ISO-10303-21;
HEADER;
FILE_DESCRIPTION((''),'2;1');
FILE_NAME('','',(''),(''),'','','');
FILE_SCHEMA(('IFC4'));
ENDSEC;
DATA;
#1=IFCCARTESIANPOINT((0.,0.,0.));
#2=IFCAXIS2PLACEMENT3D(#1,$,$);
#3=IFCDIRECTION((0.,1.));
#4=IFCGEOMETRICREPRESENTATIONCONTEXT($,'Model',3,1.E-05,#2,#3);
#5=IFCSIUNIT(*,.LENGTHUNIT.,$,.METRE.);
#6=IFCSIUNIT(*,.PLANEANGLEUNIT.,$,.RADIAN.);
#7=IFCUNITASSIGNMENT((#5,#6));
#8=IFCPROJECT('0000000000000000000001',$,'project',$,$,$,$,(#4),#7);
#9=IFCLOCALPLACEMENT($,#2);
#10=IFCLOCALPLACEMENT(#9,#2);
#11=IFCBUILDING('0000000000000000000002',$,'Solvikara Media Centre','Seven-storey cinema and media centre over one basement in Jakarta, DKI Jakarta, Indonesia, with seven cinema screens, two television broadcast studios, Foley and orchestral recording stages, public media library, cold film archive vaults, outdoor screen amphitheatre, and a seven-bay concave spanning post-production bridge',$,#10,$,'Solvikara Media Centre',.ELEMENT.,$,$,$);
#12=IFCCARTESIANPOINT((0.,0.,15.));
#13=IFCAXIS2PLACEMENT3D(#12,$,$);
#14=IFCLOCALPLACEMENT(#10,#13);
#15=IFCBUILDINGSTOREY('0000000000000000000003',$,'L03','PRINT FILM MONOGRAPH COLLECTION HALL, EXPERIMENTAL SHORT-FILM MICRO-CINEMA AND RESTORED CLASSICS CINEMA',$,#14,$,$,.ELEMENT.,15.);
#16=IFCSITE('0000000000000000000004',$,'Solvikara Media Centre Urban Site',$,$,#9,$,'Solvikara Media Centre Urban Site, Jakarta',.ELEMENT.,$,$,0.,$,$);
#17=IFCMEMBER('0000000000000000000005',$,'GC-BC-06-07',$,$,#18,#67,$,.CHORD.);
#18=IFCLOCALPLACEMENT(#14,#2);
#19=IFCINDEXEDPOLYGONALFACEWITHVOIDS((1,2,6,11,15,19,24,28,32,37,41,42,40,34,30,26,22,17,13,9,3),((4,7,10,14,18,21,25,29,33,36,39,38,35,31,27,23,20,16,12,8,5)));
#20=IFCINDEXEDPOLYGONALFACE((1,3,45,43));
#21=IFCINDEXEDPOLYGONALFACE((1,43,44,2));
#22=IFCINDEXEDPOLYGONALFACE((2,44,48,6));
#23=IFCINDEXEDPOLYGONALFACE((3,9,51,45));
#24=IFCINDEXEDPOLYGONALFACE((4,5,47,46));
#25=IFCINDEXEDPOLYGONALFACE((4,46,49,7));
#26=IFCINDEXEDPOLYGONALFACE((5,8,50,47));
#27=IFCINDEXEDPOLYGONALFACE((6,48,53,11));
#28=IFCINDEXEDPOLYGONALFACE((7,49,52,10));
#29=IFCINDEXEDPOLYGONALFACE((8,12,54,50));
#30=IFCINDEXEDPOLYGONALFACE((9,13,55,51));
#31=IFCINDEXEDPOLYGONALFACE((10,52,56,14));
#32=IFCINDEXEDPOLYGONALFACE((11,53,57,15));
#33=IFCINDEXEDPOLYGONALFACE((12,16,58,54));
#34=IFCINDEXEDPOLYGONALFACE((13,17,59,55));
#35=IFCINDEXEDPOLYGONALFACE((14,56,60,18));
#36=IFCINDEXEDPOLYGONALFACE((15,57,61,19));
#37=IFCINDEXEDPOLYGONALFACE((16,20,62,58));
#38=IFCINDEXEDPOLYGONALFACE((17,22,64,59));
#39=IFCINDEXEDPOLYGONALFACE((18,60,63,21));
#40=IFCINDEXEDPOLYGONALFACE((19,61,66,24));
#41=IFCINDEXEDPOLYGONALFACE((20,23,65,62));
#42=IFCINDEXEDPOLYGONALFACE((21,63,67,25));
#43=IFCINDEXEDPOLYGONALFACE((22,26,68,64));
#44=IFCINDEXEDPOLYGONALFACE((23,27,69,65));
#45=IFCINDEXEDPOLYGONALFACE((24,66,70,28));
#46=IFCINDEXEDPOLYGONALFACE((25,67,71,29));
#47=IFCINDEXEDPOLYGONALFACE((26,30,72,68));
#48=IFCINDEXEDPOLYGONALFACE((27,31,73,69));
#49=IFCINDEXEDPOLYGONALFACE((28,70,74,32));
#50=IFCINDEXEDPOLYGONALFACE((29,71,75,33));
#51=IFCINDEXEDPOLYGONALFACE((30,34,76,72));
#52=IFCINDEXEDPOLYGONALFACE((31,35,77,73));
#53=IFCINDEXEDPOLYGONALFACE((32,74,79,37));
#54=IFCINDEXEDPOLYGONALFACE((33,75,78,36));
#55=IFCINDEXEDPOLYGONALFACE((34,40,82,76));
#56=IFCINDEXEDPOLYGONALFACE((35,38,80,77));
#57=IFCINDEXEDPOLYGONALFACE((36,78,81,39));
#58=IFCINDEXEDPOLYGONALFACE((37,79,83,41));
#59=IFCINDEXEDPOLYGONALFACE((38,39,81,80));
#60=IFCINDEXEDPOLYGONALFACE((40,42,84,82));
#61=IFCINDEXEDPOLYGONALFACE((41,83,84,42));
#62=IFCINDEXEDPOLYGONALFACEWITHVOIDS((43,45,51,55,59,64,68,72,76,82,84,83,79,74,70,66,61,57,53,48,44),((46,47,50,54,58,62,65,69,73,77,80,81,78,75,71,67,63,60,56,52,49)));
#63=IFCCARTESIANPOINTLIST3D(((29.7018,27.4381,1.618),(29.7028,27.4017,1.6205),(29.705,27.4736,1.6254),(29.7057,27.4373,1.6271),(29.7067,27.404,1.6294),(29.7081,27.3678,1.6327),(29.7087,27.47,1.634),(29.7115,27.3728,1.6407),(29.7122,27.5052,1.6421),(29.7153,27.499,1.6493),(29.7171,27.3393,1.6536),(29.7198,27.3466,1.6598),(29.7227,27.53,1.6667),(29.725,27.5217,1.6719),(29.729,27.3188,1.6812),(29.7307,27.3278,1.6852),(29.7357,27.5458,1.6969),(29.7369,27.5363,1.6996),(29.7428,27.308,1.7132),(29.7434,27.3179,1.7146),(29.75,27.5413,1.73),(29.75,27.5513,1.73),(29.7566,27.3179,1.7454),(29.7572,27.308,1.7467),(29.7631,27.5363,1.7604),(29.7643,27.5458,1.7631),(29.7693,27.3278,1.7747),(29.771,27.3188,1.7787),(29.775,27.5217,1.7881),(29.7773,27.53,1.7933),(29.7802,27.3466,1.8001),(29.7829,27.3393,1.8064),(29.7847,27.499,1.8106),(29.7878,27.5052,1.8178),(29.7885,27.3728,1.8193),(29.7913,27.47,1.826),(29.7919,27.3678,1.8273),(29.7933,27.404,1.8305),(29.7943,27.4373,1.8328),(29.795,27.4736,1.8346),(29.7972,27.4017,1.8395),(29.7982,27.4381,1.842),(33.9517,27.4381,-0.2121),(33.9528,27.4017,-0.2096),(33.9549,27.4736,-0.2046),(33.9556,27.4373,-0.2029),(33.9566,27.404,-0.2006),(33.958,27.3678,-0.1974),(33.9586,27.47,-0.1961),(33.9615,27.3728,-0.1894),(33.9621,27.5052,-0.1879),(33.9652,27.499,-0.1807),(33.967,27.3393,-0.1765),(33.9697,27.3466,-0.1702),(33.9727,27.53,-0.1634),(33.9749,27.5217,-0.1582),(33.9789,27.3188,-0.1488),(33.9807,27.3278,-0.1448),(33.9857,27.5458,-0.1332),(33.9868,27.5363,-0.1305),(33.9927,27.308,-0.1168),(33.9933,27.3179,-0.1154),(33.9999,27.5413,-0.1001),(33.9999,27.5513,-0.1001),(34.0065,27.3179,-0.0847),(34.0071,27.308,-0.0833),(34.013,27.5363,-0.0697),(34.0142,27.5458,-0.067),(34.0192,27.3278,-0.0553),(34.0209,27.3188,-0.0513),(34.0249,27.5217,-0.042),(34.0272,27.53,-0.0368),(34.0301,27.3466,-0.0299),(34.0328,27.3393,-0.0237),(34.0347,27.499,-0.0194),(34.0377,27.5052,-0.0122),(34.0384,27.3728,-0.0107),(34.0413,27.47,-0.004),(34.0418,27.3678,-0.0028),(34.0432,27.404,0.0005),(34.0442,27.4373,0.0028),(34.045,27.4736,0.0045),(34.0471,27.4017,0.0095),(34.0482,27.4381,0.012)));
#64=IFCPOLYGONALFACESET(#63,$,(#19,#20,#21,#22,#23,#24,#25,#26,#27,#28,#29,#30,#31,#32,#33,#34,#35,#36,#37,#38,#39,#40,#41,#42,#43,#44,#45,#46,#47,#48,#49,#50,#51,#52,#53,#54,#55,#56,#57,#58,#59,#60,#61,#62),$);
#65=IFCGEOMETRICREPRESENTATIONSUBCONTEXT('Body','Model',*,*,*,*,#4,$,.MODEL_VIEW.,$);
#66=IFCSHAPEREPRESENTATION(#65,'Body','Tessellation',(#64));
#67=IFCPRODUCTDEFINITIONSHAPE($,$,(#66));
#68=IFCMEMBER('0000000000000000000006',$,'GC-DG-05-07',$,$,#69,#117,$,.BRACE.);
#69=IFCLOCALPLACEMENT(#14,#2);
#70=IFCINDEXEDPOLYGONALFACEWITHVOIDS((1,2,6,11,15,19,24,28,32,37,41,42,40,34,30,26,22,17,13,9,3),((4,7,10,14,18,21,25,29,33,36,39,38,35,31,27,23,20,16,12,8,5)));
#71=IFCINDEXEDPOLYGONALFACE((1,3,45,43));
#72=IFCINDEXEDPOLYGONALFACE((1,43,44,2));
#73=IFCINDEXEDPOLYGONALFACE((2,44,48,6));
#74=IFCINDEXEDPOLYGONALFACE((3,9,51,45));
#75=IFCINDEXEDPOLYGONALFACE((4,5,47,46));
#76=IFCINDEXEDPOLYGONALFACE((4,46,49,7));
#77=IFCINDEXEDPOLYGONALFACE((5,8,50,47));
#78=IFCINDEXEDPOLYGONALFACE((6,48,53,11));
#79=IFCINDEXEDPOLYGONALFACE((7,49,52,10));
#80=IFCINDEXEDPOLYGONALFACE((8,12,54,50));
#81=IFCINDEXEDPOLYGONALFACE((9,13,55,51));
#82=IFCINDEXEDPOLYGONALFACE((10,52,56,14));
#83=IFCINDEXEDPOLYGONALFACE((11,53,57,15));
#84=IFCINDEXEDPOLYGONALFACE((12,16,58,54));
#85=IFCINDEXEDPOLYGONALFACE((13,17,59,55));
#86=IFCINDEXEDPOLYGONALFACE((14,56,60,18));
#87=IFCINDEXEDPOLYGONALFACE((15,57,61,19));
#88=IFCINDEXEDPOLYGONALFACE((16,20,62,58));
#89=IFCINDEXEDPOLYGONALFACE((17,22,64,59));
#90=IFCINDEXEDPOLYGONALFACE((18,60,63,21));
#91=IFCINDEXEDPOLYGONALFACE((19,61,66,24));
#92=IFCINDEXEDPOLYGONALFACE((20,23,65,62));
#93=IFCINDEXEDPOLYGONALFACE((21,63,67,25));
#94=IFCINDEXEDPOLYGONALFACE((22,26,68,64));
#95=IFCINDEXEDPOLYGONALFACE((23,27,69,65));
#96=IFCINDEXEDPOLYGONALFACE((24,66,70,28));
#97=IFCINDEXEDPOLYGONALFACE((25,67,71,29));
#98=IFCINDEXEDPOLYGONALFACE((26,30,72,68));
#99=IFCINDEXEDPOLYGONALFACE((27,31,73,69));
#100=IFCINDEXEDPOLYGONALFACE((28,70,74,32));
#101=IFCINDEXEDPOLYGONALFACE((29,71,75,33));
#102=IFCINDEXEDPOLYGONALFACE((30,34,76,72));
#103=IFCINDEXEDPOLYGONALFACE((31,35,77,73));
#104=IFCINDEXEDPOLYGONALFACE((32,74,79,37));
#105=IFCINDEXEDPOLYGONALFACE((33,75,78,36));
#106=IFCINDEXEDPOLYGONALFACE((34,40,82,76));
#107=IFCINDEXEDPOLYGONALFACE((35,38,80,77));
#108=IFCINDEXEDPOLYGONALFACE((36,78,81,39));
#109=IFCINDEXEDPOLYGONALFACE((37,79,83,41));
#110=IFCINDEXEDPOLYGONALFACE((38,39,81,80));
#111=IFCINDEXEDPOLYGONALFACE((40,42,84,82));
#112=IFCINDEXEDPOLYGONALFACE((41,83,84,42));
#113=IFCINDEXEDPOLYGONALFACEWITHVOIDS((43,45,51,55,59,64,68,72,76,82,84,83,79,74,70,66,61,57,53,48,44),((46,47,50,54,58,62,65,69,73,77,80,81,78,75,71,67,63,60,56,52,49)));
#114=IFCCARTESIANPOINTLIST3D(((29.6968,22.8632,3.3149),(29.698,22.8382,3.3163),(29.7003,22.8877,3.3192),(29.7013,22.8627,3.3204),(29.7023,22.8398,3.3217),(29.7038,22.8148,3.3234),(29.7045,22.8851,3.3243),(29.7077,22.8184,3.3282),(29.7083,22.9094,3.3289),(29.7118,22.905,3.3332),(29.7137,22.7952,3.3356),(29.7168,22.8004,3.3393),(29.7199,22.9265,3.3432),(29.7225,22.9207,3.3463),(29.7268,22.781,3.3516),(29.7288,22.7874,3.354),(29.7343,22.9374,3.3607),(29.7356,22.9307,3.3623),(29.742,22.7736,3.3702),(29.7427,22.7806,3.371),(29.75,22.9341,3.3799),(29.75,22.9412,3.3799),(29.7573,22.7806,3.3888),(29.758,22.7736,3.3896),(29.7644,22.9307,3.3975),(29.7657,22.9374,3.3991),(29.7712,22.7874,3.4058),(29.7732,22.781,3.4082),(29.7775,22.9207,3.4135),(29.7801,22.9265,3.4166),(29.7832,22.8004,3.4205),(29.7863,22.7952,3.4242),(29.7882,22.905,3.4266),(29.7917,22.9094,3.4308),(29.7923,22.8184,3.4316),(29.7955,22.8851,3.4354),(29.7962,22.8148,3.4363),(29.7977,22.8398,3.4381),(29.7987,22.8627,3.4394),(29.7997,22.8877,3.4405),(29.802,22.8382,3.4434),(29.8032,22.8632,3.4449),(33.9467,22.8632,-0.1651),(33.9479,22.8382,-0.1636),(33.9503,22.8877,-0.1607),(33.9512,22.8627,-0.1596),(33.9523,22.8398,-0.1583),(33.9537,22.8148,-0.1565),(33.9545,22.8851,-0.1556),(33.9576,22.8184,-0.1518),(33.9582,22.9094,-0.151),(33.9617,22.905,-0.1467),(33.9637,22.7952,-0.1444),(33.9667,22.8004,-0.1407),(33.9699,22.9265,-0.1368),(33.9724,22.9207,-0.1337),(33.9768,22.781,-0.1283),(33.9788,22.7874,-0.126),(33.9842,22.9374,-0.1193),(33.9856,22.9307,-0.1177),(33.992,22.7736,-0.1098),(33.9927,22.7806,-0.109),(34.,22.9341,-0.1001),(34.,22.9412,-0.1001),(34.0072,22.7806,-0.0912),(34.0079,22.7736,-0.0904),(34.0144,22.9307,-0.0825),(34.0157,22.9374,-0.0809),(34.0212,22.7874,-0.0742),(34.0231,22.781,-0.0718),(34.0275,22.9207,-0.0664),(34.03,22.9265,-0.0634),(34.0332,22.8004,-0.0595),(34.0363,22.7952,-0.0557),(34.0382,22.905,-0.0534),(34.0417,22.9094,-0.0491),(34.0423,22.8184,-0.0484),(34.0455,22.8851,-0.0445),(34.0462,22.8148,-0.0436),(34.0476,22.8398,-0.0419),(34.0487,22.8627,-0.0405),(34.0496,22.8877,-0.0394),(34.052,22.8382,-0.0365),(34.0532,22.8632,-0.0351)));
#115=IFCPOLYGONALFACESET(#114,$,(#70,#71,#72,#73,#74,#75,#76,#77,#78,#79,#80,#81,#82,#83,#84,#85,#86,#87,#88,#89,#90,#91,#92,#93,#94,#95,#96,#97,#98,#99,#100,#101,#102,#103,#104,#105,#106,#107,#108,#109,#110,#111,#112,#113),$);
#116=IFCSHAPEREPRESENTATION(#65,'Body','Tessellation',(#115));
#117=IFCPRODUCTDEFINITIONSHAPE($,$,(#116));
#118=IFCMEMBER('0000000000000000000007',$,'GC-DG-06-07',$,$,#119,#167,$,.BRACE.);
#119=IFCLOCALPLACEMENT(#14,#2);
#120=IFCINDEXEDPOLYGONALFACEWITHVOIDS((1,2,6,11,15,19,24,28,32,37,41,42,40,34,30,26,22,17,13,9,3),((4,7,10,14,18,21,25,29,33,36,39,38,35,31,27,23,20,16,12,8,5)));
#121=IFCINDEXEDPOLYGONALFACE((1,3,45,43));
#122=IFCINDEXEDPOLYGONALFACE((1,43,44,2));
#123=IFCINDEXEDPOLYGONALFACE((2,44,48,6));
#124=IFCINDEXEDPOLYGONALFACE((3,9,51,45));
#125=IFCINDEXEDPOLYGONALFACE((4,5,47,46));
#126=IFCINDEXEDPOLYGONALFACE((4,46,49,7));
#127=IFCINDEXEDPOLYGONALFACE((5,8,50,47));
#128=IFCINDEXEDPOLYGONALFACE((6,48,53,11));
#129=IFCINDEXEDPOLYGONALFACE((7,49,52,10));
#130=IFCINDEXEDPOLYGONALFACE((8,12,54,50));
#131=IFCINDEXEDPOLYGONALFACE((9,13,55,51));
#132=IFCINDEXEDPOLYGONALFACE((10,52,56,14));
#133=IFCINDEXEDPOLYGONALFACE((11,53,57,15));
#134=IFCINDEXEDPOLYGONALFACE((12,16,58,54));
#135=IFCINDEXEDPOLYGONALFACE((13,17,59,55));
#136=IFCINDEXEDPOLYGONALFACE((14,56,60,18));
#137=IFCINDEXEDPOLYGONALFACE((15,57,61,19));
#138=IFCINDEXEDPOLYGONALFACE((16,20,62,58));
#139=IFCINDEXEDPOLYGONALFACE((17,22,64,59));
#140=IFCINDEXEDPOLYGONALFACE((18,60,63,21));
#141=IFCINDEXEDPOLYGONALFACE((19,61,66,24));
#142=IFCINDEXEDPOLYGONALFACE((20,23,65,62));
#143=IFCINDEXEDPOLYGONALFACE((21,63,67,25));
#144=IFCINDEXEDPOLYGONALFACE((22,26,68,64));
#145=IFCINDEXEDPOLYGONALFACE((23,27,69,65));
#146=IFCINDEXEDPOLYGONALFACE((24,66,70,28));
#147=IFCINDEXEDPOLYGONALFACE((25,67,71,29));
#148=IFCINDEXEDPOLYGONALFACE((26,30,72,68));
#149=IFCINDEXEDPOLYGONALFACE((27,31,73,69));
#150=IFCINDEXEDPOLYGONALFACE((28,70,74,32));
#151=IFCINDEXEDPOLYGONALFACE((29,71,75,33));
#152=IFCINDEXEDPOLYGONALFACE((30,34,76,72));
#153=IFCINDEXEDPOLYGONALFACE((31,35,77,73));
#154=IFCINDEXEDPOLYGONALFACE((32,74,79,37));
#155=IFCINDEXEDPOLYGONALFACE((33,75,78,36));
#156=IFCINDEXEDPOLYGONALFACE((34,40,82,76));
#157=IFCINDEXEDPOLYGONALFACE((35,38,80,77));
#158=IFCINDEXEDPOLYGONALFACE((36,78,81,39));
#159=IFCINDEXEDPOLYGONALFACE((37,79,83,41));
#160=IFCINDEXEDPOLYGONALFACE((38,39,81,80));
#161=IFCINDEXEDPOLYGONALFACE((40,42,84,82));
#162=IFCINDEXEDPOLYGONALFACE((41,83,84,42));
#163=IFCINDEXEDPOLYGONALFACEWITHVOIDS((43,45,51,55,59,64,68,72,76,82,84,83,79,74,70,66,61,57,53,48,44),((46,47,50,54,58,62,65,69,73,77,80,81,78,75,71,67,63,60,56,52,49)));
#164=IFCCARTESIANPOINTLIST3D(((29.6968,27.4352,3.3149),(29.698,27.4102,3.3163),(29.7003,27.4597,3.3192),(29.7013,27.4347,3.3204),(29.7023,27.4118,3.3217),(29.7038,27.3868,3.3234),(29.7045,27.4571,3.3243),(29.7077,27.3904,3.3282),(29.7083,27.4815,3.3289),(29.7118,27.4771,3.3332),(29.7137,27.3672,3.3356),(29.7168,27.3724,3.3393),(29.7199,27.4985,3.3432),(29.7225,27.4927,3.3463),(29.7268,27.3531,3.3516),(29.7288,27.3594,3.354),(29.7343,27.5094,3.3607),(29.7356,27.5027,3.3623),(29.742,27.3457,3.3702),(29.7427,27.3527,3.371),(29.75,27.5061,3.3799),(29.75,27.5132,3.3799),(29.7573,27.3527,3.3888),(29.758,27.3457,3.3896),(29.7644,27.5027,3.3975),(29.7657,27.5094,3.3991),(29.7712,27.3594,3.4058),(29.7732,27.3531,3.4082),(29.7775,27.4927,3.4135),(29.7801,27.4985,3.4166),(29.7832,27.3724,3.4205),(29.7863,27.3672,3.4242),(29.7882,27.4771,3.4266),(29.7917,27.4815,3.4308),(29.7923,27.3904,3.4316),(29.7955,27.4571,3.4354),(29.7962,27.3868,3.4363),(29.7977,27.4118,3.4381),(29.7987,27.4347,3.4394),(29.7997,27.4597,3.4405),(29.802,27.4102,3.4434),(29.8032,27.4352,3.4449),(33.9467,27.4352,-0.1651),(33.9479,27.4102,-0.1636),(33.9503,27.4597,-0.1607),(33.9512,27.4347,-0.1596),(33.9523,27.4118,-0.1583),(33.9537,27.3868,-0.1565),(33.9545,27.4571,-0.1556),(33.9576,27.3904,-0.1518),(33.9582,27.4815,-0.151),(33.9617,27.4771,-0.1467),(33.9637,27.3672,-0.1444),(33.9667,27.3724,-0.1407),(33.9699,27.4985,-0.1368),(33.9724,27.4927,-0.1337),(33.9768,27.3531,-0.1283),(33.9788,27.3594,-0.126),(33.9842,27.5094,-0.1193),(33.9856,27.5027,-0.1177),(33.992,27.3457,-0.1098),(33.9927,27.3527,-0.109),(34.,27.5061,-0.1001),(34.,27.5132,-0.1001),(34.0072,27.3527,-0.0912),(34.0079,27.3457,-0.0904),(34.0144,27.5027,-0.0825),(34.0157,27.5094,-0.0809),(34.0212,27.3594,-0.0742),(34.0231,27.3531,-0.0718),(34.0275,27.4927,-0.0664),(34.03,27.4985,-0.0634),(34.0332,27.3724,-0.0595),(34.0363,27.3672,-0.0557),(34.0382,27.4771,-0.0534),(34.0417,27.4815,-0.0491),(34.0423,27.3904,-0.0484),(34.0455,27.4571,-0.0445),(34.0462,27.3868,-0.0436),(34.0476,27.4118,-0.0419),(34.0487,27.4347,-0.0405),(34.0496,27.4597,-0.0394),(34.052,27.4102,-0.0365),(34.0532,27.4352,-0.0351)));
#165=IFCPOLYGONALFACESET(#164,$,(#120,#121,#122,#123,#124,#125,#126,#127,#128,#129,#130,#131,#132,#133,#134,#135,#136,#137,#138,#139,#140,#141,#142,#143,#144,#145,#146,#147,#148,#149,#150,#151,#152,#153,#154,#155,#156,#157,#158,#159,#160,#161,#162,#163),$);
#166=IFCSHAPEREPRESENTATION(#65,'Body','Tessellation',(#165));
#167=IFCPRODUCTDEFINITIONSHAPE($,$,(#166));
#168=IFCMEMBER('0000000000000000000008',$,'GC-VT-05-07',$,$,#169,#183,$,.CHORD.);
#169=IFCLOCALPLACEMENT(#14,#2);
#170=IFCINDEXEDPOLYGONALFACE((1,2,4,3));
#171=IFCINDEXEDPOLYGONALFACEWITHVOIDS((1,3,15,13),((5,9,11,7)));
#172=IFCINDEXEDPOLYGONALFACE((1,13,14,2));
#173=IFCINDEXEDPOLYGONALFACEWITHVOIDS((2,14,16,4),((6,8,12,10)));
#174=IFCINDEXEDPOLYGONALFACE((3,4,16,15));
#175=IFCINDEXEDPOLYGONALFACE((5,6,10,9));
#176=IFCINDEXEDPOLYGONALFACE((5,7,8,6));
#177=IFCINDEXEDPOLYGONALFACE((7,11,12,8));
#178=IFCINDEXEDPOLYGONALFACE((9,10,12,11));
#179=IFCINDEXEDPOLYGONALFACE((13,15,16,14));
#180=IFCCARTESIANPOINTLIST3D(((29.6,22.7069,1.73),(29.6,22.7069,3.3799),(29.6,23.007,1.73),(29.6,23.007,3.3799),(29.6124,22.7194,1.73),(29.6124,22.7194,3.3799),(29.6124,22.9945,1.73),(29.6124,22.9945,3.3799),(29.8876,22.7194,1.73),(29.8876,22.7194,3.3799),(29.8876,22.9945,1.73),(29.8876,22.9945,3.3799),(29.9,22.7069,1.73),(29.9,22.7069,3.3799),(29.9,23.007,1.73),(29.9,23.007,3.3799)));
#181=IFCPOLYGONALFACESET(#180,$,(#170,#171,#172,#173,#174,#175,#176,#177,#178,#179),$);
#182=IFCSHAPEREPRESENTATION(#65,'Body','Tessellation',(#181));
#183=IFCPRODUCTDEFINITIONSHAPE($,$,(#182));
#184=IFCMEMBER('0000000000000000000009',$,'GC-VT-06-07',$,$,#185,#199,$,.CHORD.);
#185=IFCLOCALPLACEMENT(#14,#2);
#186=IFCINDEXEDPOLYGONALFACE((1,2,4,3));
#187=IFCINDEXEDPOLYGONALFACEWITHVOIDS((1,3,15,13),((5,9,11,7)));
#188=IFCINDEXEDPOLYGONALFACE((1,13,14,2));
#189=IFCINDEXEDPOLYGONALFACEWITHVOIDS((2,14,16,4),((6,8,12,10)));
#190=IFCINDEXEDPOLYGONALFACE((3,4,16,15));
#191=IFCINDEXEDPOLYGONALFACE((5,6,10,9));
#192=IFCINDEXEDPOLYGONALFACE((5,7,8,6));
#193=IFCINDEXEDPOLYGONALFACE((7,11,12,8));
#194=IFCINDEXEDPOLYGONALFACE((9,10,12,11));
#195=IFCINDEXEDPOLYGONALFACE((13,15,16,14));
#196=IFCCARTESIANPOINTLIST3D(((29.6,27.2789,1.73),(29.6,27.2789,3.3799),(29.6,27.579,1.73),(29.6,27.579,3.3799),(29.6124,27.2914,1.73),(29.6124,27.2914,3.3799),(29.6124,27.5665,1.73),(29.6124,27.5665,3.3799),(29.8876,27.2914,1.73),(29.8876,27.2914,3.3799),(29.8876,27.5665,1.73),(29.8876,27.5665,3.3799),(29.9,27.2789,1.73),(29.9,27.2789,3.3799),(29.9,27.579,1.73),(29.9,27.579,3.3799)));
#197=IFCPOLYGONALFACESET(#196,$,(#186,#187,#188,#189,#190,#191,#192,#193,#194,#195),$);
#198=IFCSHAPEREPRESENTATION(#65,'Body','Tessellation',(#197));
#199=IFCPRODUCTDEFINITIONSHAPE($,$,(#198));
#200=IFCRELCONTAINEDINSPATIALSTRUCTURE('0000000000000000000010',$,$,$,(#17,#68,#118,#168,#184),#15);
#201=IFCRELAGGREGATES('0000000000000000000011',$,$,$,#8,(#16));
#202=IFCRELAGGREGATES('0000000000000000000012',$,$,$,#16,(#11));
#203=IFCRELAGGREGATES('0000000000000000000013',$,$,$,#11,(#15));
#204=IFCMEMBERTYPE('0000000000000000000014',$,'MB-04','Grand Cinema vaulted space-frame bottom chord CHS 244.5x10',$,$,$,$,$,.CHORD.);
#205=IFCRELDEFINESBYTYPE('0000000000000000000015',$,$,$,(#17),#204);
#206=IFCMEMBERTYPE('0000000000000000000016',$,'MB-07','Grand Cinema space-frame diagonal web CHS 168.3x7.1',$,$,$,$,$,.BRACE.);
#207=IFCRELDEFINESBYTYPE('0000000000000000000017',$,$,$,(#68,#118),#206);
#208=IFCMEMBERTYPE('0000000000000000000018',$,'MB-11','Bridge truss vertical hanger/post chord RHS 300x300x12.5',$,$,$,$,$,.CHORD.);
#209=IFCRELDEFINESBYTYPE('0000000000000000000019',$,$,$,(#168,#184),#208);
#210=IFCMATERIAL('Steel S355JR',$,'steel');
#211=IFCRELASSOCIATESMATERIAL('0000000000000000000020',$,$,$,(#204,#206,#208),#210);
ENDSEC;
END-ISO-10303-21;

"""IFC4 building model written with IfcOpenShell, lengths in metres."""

from ifc_helpers import new_model, si_unit, direction, frame, origin, origin_2d, place, context, subcontext, project, spatial, hollow_rectangle, hollow_circle, extrude, material, material_profile, profile_set, type_object, element, save


model = new_model("IFC4")

# Units and contexts
model_context = context("Model", 3, precision=1e-05, world=origin(), true_north=direction((0.0, 1.0)))
body_context = subcontext(model_context, "Body", "Model", "MODEL_VIEW")
ifc_project = project(units=[si_unit("LENGTHUNIT", "METRE"), si_unit("PLANEANGLEUNIT", "RADIAN")], contexts=[model_context])

# Site, building, storey
site_placement = place(None, origin())
site = spatial("IfcSite", under=ifc_project, at=site_placement, Name="Solvikara Media Centre Urban Site", LongName="Solvikara Media Centre Urban Site, Jakarta", CompositionType="ELEMENT", RefElevation=0.0)
building_placement = place(site_placement, origin())
building = spatial("IfcBuilding", under=site, at=building_placement, Name="Solvikara Media Centre", Description="Seven-storey cinema and media centre over one basement in Jakarta, DKI Jakarta, Indonesia, with seven cinema screens, two television broadcast studios, Foley and orchestral recording stages, public media library, cold film archive vaults, outdoor screen amphitheatre, and a seven-bay concave spanning post-production bridge", LongName="Solvikara Media Centre", CompositionType="ELEMENT")
storey_placement = place(building_placement, frame((0.0, 0.0, 15.0)))
storey = spatial("IfcBuildingStorey", under=building, at=storey_placement, Name="L03", Description="PRINT FILM MONOGRAPH COLLECTION HALL, EXPERIMENTAL SHORT-FILM MICRO-CINEMA AND RESTORED CLASSICS CINEMA", CompositionType="ELEMENT", Elevation=15.0)

# Members
ifc_material_1 = material(Name="Steel S355JR", Category="steel")
ifc_material_profile_1 = material_profile(ifc_material_1, hollow_circle(Radius=0.1223, WallThickness=0.01, at=origin_2d()), Name="CHS 244.5x10")
ifc_profile_set_1 = profile_set([ifc_material_profile_1], Name="Steel S355JR")
member_type_1 = type_object("IfcMemberType", Name="MB-04", Description="Grand Cinema vaulted space-frame bottom chord CHS 244.5x10", PredefinedType="CHORD", material=ifc_profile_set_1)
for number, where, z_axis, x_axis, name in (
    (1, (29.75, 27.429, 1.73), (0.918467, 0.0, -0.395498), (0.0, 1.0, 0.0), "GC-BC-06-07"),
):
    element("IfcMember", number, at=place(storey_placement, frame(where, z_axis=z_axis, x_axis=x_axis)), inside=storey, type_object=member_type_1, Name=name, PredefinedType="CHORD", context=body_context, shape_type="SweptSolid", body=[
        extrude(hollow_circle(Radius=0.1223, WallThickness=0.01, at=origin_2d()), origin(), (0.0, 0.0, 1.0), 4.6272),
    ])
ifc_material_profile_2 = material_profile(ifc_material_1, hollow_circle(Radius=0.0842, WallThickness=0.0071, at=origin_2d()), Name="CHS 168.3x7.1")
ifc_profile_set_2 = profile_set([ifc_material_profile_2], Name="Steel S355JR")
member_type_2 = type_object("IfcMemberType", Name="MB-07", Description="Grand Cinema space-frame diagonal web CHS 168.3x7.1", PredefinedType="BRACE", material=ifc_profile_set_2)
for number, where, z_axis, x_axis, name in (
    (2, (29.75, 22.8569, 3.3799), (0.773716, 0.0, -0.633533), (0.0, 1.0, 0.0), "GC-DG-05-07"),
    (3, (29.75, 27.429, 3.3799), (0.773716, 0.0, -0.633533), (0.0, 1.0, 0.0), "GC-DG-06-07"),
):
    element("IfcMember", number, at=place(storey_placement, frame(where, z_axis=z_axis, x_axis=x_axis)), inside=storey, type_object=member_type_2, Name=name, PredefinedType="BRACE", context=body_context, shape_type="SweptSolid", body=[
        extrude(hollow_circle(Radius=0.0842, WallThickness=0.0071, at=origin_2d()), origin(), (0.0, 0.0, 1.0), 5.4929),
    ])
ifc_material_profile_3 = material_profile(ifc_material_1, hollow_rectangle(XDim=0.3, YDim=0.3, WallThickness=0.0125, at=origin_2d()), Name="RHS 300x300x12.5")
ifc_profile_set_3 = profile_set([ifc_material_profile_3], Name="Steel S355JR")
member_type_3 = type_object("IfcMemberType", Name="MB-11", Description="Bridge truss vertical hanger/post chord RHS 300x300x12.5", PredefinedType="CHORD", material=ifc_profile_set_3)
for number, where, z_axis, x_axis, name in (
    (4, (29.75, 22.8569, 1.73), (0.0, 0.0, 1.0), (1.0, 0.0, 0.0), "GC-VT-05-07"),
    (5, (29.75, 27.429, 1.73), (0.0, 0.0, 1.0), (1.0, 0.0, 0.0), "GC-VT-06-07"),
):
    element("IfcMember", number, at=place(storey_placement, frame(where, z_axis=z_axis, x_axis=x_axis)), inside=storey, type_object=member_type_3, Name=name, PredefinedType="CHORD", context=body_context, shape_type="SweptSolid", body=[
        extrude(hollow_rectangle(XDim=0.3, YDim=0.3, WallThickness=0.0125, at=origin_2d()), origin(), (0.0, 0.0, 1.0), 1.6499),
    ])

save(model, "model.ifc")
